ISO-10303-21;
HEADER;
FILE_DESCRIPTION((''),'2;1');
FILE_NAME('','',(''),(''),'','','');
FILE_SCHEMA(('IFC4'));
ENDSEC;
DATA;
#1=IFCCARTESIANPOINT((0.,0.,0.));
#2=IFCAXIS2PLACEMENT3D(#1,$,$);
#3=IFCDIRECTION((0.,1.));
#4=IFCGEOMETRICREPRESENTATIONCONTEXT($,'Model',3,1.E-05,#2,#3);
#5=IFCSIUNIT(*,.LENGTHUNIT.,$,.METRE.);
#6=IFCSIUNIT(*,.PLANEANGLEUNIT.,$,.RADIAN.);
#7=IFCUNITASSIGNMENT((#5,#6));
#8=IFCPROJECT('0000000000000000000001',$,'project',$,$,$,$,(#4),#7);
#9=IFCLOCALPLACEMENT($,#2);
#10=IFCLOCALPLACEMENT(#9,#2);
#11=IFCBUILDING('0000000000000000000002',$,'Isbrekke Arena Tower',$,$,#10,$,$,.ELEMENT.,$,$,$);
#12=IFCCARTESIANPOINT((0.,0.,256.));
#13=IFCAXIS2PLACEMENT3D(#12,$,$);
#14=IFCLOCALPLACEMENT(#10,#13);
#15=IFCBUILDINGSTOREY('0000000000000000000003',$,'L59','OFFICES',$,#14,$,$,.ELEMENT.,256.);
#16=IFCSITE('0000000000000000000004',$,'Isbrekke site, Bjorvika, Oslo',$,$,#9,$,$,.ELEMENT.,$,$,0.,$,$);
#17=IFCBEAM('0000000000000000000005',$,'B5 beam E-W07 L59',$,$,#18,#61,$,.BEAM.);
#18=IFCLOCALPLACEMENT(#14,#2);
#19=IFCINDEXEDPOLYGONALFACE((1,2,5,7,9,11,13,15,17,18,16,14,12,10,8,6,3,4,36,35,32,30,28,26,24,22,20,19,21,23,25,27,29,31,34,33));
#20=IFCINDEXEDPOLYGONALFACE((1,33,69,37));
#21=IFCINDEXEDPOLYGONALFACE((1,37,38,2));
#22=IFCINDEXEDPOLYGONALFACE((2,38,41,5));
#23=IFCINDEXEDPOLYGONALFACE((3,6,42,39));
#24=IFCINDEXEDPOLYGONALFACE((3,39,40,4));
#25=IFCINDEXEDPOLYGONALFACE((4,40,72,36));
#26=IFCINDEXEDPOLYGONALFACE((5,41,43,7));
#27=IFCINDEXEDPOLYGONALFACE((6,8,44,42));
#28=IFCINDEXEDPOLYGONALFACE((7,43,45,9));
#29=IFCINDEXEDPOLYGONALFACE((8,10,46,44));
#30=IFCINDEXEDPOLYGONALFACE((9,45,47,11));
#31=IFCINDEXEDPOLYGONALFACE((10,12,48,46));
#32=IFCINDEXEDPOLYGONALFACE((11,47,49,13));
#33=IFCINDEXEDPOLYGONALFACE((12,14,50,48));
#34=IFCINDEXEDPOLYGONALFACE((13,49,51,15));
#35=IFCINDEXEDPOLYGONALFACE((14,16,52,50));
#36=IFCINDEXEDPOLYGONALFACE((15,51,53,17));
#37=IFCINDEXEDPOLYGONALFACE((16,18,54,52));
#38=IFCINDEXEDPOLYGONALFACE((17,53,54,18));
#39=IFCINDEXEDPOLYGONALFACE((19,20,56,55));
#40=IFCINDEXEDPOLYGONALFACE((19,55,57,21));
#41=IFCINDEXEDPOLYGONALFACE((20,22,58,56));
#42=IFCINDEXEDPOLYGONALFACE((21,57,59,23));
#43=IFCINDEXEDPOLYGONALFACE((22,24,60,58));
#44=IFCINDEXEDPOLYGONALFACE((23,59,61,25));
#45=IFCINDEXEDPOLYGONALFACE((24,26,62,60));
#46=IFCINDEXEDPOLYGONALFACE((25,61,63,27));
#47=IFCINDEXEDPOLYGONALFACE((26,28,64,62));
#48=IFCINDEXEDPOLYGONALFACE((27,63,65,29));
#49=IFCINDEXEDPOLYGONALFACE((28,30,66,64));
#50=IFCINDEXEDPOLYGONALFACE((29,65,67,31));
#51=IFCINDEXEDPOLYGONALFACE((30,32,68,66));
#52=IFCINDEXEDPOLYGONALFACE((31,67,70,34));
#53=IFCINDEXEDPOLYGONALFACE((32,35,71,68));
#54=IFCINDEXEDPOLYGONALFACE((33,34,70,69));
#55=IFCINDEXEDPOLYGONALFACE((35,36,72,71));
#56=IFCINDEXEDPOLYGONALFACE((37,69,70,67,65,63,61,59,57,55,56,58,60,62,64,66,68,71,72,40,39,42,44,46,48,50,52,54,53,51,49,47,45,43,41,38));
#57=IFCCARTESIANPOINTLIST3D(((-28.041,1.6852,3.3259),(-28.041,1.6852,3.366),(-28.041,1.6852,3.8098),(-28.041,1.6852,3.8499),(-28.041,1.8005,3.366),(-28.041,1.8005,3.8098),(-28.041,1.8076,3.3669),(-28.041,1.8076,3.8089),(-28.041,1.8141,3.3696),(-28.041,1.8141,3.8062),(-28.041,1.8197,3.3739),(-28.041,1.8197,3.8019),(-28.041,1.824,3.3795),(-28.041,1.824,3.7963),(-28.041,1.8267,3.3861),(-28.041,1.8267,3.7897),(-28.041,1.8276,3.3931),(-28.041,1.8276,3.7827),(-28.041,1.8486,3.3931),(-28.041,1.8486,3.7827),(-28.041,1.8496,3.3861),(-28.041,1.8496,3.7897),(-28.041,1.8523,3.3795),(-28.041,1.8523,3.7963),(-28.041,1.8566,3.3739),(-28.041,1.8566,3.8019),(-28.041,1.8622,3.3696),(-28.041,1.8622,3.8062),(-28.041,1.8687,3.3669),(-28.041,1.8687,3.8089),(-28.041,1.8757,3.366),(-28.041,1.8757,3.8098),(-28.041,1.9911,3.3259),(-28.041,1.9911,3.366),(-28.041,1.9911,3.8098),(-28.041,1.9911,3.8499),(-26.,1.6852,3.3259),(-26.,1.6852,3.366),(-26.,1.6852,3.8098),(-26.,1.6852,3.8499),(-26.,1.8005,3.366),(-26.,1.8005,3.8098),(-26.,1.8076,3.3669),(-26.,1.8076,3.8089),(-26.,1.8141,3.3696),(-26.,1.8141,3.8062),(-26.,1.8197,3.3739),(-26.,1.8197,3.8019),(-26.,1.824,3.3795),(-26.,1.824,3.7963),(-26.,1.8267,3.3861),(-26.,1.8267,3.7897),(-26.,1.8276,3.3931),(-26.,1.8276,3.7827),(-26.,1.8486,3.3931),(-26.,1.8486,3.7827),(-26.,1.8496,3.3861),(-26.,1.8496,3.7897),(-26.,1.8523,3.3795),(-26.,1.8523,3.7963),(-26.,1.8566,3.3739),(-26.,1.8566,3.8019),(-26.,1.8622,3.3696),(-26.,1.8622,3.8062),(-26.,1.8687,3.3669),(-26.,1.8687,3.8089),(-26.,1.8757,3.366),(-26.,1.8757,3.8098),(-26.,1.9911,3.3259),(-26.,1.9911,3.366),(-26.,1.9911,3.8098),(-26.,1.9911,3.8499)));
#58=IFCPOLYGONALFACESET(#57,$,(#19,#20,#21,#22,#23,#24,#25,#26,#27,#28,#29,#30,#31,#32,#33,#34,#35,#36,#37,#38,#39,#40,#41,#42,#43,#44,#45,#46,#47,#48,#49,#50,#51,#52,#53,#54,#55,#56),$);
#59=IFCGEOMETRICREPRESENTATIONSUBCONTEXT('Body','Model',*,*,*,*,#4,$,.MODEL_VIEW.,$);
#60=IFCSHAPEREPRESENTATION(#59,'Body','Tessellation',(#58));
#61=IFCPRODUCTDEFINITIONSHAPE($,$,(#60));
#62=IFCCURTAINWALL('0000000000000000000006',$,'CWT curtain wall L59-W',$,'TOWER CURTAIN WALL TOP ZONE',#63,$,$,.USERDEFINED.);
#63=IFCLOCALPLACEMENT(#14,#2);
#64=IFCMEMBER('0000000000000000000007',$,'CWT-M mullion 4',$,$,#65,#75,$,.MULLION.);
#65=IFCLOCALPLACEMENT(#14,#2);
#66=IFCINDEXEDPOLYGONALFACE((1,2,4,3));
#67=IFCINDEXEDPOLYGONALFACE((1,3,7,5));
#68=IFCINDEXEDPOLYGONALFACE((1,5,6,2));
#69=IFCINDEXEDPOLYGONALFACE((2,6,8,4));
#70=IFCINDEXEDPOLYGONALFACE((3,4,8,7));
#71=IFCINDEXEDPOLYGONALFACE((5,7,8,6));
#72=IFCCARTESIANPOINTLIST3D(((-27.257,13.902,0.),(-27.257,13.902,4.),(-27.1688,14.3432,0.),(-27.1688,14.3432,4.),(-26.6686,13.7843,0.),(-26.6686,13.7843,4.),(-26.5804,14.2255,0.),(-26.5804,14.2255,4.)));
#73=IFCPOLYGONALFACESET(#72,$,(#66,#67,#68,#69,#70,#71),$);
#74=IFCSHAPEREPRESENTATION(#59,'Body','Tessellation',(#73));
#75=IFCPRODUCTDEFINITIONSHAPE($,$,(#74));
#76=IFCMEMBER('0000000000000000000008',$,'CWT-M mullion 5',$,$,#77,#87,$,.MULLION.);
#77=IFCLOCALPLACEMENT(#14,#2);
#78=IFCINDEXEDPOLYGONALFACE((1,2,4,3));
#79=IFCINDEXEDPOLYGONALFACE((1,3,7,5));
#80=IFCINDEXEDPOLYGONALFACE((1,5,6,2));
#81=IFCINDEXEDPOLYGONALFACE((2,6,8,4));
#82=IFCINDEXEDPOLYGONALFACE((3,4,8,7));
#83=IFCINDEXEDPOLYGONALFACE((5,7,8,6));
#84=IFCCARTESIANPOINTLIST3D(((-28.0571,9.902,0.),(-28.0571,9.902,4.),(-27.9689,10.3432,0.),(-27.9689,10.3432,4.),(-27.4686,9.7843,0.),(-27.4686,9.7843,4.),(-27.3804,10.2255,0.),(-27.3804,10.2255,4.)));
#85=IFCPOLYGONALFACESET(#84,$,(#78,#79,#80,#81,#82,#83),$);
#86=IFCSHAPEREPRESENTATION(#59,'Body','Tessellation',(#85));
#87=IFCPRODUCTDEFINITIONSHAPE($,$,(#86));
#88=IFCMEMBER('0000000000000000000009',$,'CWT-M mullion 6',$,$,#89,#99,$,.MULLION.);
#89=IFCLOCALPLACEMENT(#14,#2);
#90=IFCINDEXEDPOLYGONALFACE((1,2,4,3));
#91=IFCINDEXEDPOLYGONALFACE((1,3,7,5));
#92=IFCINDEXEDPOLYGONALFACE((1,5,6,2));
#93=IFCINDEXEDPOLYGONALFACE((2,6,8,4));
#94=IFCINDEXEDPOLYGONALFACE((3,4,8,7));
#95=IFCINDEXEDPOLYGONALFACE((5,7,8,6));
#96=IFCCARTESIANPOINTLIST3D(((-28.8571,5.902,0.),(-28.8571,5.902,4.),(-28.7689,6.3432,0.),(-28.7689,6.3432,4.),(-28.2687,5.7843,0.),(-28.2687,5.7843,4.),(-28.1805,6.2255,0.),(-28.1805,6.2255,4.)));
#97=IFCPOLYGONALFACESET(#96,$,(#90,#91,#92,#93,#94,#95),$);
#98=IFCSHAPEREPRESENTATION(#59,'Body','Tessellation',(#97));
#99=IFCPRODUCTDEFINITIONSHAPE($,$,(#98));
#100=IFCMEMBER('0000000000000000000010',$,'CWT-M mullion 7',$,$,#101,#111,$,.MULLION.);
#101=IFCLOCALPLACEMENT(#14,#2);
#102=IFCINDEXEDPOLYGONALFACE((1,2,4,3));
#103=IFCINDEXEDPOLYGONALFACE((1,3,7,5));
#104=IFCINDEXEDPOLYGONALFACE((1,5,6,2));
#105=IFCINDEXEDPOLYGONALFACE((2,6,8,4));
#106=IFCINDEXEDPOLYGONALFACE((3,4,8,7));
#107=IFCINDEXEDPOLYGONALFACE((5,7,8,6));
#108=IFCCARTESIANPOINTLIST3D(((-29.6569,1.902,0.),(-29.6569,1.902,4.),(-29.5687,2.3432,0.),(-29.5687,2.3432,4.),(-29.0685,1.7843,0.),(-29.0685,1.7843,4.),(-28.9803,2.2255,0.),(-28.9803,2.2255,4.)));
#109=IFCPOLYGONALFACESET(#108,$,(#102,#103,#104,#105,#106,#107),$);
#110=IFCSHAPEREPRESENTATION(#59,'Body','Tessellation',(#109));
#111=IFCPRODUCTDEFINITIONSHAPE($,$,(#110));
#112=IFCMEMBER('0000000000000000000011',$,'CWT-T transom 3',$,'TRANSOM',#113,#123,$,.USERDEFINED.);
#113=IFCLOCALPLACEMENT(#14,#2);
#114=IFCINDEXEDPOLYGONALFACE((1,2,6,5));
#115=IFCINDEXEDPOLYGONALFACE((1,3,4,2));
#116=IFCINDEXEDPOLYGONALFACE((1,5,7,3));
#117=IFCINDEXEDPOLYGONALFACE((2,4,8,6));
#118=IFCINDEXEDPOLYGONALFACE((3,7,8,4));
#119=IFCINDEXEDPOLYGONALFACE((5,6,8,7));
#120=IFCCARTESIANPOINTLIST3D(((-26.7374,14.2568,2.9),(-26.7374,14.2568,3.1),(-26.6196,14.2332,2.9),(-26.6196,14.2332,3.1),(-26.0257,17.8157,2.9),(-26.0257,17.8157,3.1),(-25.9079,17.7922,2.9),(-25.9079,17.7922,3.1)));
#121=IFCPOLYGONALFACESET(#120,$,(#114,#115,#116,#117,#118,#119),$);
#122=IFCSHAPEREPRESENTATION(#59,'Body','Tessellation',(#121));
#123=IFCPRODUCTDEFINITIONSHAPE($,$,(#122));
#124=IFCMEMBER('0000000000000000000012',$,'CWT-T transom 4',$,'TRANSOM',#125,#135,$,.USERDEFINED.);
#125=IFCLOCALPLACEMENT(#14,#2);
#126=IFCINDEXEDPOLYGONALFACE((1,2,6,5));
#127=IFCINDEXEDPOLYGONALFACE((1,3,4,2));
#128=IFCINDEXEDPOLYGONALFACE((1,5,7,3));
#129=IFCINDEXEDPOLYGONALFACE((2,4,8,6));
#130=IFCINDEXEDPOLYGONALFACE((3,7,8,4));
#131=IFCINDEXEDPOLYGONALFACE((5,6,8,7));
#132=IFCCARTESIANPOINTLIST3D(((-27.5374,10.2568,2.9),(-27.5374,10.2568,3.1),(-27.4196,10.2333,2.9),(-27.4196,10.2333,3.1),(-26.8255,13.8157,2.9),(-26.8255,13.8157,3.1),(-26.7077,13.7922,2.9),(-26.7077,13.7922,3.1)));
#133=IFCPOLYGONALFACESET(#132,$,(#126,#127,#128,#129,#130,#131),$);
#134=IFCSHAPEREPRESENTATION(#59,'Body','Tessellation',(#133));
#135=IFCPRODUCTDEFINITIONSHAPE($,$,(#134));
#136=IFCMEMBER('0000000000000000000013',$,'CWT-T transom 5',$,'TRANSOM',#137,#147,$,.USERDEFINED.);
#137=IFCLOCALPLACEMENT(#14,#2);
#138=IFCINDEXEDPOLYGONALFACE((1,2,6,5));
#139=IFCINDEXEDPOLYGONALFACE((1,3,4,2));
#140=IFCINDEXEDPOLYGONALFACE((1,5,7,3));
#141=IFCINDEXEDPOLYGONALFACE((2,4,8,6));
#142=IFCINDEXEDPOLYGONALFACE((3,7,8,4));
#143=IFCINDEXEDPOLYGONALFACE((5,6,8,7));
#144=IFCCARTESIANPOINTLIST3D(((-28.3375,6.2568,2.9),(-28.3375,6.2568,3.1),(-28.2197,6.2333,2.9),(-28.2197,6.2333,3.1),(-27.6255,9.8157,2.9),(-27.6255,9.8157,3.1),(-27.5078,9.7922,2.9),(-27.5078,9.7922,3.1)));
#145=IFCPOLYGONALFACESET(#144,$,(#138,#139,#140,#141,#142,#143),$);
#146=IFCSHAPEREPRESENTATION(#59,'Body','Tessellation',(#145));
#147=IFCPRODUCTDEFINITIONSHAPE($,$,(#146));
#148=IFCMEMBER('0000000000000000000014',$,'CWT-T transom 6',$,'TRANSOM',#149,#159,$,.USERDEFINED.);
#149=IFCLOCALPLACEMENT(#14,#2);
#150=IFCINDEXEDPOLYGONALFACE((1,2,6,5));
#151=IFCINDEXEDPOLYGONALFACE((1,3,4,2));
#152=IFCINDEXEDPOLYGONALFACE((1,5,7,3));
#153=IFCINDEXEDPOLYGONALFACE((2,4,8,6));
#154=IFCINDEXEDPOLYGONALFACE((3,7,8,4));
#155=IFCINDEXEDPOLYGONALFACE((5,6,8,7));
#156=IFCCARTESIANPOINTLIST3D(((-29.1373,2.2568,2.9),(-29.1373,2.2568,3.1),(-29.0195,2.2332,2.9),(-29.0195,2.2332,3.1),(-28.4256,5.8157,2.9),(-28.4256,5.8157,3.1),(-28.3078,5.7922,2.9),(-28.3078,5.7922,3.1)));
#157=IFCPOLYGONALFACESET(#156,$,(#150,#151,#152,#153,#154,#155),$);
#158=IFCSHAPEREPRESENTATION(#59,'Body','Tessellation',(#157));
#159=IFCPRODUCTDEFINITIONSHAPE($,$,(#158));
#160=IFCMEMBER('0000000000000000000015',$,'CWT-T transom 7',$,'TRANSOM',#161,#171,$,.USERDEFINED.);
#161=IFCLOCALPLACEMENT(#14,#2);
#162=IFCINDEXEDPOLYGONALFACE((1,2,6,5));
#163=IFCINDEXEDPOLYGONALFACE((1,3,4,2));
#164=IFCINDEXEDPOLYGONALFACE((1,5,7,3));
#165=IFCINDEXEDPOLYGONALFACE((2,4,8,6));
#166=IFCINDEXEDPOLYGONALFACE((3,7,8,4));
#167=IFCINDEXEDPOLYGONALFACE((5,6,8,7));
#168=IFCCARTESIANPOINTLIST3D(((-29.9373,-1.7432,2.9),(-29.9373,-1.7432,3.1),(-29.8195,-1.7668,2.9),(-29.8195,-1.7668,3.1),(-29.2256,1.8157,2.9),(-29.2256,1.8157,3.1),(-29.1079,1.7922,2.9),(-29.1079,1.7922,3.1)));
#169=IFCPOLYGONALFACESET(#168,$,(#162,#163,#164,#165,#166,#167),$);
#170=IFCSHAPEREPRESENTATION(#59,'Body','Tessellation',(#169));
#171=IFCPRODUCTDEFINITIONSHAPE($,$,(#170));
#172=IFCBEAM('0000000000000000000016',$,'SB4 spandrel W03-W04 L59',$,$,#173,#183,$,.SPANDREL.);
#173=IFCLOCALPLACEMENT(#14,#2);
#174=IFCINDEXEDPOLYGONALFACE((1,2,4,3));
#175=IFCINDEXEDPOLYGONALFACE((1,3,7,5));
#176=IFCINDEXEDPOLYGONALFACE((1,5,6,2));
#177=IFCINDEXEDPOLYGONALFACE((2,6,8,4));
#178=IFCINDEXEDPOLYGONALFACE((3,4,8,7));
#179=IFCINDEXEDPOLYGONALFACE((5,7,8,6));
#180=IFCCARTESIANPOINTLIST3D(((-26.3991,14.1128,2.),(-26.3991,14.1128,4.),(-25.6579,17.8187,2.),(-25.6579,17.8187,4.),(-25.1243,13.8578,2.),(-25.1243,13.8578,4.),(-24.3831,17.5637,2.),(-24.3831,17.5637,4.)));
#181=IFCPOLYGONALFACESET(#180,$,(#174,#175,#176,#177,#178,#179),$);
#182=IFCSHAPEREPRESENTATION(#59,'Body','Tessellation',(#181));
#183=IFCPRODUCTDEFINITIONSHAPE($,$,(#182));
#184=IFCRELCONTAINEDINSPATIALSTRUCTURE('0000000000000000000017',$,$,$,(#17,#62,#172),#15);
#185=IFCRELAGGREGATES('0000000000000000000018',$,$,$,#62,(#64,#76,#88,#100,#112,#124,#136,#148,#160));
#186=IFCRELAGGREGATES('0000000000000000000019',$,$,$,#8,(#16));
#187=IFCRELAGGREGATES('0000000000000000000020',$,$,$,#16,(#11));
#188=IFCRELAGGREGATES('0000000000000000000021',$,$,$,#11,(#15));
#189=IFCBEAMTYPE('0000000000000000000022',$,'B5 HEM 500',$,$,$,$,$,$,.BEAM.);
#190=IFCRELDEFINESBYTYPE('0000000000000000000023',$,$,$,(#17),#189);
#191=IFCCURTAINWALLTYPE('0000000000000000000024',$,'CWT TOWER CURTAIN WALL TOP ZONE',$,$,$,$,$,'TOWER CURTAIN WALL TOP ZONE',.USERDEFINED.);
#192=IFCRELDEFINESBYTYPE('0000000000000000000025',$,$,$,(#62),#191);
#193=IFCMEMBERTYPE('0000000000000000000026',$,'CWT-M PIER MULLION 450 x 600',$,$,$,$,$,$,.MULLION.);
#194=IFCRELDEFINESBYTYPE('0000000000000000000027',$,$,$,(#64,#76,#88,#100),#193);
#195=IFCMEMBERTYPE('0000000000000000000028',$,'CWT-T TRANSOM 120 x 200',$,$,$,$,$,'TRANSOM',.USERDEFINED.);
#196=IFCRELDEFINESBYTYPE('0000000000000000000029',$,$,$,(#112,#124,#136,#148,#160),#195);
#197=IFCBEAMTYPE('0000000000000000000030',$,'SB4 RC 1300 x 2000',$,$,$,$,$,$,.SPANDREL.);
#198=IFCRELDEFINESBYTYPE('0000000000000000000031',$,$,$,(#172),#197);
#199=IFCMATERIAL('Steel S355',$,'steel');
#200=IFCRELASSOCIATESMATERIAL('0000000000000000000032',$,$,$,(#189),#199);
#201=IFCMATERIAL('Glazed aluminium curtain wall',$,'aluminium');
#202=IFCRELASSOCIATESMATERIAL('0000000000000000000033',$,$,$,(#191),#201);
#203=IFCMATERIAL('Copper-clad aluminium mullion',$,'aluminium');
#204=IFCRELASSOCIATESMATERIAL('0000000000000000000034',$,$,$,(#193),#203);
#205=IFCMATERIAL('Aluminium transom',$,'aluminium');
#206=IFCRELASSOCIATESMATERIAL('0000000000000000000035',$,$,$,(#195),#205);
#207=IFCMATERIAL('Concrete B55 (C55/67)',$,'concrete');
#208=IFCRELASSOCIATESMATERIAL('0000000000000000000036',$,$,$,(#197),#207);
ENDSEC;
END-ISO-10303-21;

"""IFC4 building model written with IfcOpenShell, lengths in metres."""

from ifc_helpers import new_model, si_unit, direction, frame, origin, origin_2d, place, context, subcontext, project, spatial, rectangle, i_section, extrude, material, material_profile, profile_set, type_object, element, aggregate, save


model = new_model("IFC4")

# Units and contexts
model_context = context("Model", 3, precision=1e-05, world=origin(), true_north=direction((0.0, 1.0)))
body_context = subcontext(model_context, "Body", "Model", "MODEL_VIEW")
ifc_project = project(units=[si_unit("LENGTHUNIT", "METRE"), si_unit("PLANEANGLEUNIT", "RADIAN")], contexts=[model_context])

# Site, building, storey
site_placement = place(None, origin())
site = spatial("IfcSite", under=ifc_project, at=site_placement, Name="Isbrekke site, Bjorvika, Oslo", CompositionType="ELEMENT", RefElevation=0.0)
building_placement = place(site_placement, origin())
building = spatial("IfcBuilding", under=site, at=building_placement, Name="Isbrekke Arena Tower", CompositionType="ELEMENT")
storey_placement = place(building_placement, frame((0.0, 0.0, 256.0)))
storey = spatial("IfcBuildingStorey", under=building, at=storey_placement, Name="L59", Description="OFFICES", CompositionType="ELEMENT", Elevation=256.0)

# Beam
ifc_material_1 = material(Name="Steel S355", Category="steel")
ifc_material_profile_1 = material_profile(ifc_material_1, i_section(OverallWidth=0.3059, OverallDepth=0.5239, WebThickness=0.021, FlangeThickness=0.04, FilletRadius=0.0271, at=origin_2d()), Name="HEM 500")
ifc_profile_set_1 = profile_set([ifc_material_profile_1], Name="Steel S355")
beam_type_1 = type_object("IfcBeamType", Name="B5 HEM 500", PredefinedType="BEAM", material=ifc_profile_set_1)
beam_1_placement = place(storey_placement, frame((-28.041, 1.8381, 3.5879), z_axis=(1.0, 0.0, 0.0), x_axis=(0.0, 1.0, 0.0)))
element("IfcBeam", 1, at=beam_1_placement, inside=storey, type_object=beam_type_1, Name="B5 beam E-W07 L59", PredefinedType="BEAM", context=body_context, shape_type="SweptSolid", body=[
    extrude(i_section(OverallWidth=0.3059, OverallDepth=0.5239, WebThickness=0.021, FlangeThickness=0.04, FilletRadius=0.0271, at=origin_2d()), origin(), (0.0, 0.0, 1.0), 2.041),
])

# Curtain wall, members
ifc_material_2 = material(Name="Glazed aluminium curtain wall", Category="aluminium")
curtain_wall_type = type_object("IfcCurtainWallType", Name="CWT TOWER CURTAIN WALL TOP ZONE", ElementType="TOWER CURTAIN WALL TOP ZONE", PredefinedType="USERDEFINED", material=ifc_material_2)
curtain_wall_placement = place(storey_placement, origin())
curtain_wall = element("IfcCurtainWall", 2, at=curtain_wall_placement, inside=storey, type_object=curtain_wall_type, Name="CWT curtain wall L59-W", ObjectType="TOWER CURTAIN WALL TOP ZONE", PredefinedType="USERDEFINED")
ifc_material_3 = material(Name="Copper-clad aluminium mullion", Category="aluminium")
ifc_material_profile_2 = material_profile(ifc_material_3, rectangle(XDim=0.45, YDim=0.6001, at=origin_2d()), Name="PIER 450X600")
ifc_profile_set_2 = profile_set([ifc_material_profile_2], Name="Copper-clad aluminium mullion")
member_type_1 = type_object("IfcMemberType", Name="CWT-M PIER MULLION 450 x 600", PredefinedType="MULLION", material=ifc_profile_set_2)
member_1_placement = place(storey_placement, frame((-26.9187, 14.0637, 0.0), z_axis=(0.0, 0.0, 1.0), x_axis=(-0.196116, -0.980581, 0.0)))
member_1 = element("IfcMember", 3, at=member_1_placement, type_object=member_type_1, Name="CWT-M mullion 4", PredefinedType="MULLION", context=body_context, shape_type="SweptSolid", body=[
    extrude(rectangle(XDim=0.45, YDim=0.6001, at=origin_2d()), origin(), (0.0, 0.0, 1.0), 4.0),
])
member_2_placement = place(storey_placement, frame((-27.7188, 10.0637, 0.0), z_axis=(0.0, 0.0, 1.0), x_axis=(-0.196116, -0.980581, 0.0)))
member_2 = element("IfcMember", 4, at=member_2_placement, type_object=member_type_1, Name="CWT-M mullion 5", PredefinedType="MULLION", context=body_context, shape_type="SweptSolid", body=[
    extrude(rectangle(XDim=0.45, YDim=0.6001, at=origin_2d()), origin(), (0.0, 0.0, 1.0), 4.0),
])
member_3_placement = place(storey_placement, frame((-28.5188, 6.0637, 0.0), z_axis=(0.0, 0.0, 1.0), x_axis=(-0.196116, -0.980581, 0.0)))
member_3 = element("IfcMember", 5, at=member_3_placement, type_object=member_type_1, Name="CWT-M mullion 6", PredefinedType="MULLION", context=body_context, shape_type="SweptSolid", body=[
    extrude(rectangle(XDim=0.45, YDim=0.6001, at=origin_2d()), origin(), (0.0, 0.0, 1.0), 4.0),
])
member_4_placement = place(storey_placement, frame((-29.3186, 2.0637, 0.0), z_axis=(0.0, 0.0, 1.0), x_axis=(-0.196116, -0.980581, 0.0)))
member_4 = element("IfcMember", 6, at=member_4_placement, type_object=member_type_1, Name="CWT-M mullion 7", PredefinedType="MULLION", context=body_context, shape_type="SweptSolid", body=[
    extrude(rectangle(XDim=0.45, YDim=0.6001, at=origin_2d()), origin(), (0.0, 0.0, 1.0), 4.0),
])
ifc_material_4 = material(Name="Aluminium transom", Category="aluminium")
ifc_material_profile_3 = material_profile(ifc_material_4, rectangle(XDim=0.1201, YDim=0.2, at=origin_2d()), Name="TRANSOM 120X200")
ifc_profile_set_3 = profile_set([ifc_material_profile_3], Name="Aluminium transom")
member_type_2 = type_object("IfcMemberType", Name="CWT-T TRANSOM 120 x 200", ElementType="TRANSOM", PredefinedType="USERDEFINED", material=ifc_profile_set_3)
member_5_placement = place(storey_placement, frame((-25.9668, 17.804, 3.0), z_axis=(-0.19609, -0.980586, 0.0), x_axis=(0.980586, -0.19609, 0.0)))
member_5 = element("IfcMember", 7, at=member_5_placement, type_object=member_type_2, Name="CWT-T transom 3", ObjectType="TRANSOM", PredefinedType="USERDEFINED", context=body_context, shape_type="SweptSolid", body=[
    extrude(rectangle(XDim=0.1201, YDim=0.2, at=origin_2d()), origin(), (0.0, 0.0, 1.0), 3.6294),
])
member_6_placement = place(storey_placement, frame((-26.7666, 13.804, 3.0), z_axis=(-0.196155, -0.980573, 0.0), x_axis=(0.980573, -0.196155, 0.0)))
member_6 = element("IfcMember", 8, at=member_6_placement, type_object=member_type_2, Name="CWT-T transom 4", ObjectType="TRANSOM", PredefinedType="USERDEFINED", context=body_context, shape_type="SweptSolid", body=[
    extrude(rectangle(XDim=0.1201, YDim=0.2, at=origin_2d()), origin(), (0.0, 0.0, 1.0), 3.6294),
])
member_7_placement = place(storey_placement, frame((-27.5667, 9.804, 3.0), z_axis=(-0.196155, -0.980573, 0.0), x_axis=(0.980573, -0.196155, 0.0)))
member_7 = element("IfcMember", 9, at=member_7_placement, type_object=member_type_2, Name="CWT-T transom 5", ObjectType="TRANSOM", PredefinedType="USERDEFINED", context=body_context, shape_type="SweptSolid", body=[
    extrude(rectangle(XDim=0.1201, YDim=0.2, at=origin_2d()), origin(), (0.0, 0.0, 1.0), 3.6294),
])
member_8_placement = place(storey_placement, frame((-28.3667, 5.804, 3.0), z_axis=(-0.19609, -0.980586, 0.0), x_axis=(0.980586, -0.19609, 0.0)))
member_8 = element("IfcMember", 10, at=member_8_placement, type_object=member_type_2, Name="CWT-T transom 6", ObjectType="TRANSOM", PredefinedType="USERDEFINED", context=body_context, shape_type="SweptSolid", body=[
    extrude(rectangle(XDim=0.1201, YDim=0.2, at=origin_2d()), origin(), (0.0, 0.0, 1.0), 3.6294),
])
member_9_placement = place(storey_placement, frame((-29.1667, 1.804, 3.0), z_axis=(-0.19609, -0.980586, 0.0), x_axis=(0.980586, -0.19609, 0.0)))
member_9 = element("IfcMember", 11, at=member_9_placement, type_object=member_type_2, Name="CWT-T transom 7", ObjectType="TRANSOM", PredefinedType="USERDEFINED", context=body_context, shape_type="SweptSolid", body=[
    extrude(rectangle(XDim=0.1201, YDim=0.2, at=origin_2d()), origin(), (0.0, 0.0, 1.0), 3.6294),
])

# Beam
ifc_material_5 = material(Name="Concrete B55 (C55/67)", Category="concrete")
ifc_material_profile_4 = material_profile(ifc_material_5, rectangle(XDim=1.3, YDim=2.0, at=origin_2d()), Name="RC 1300x2000")
ifc_profile_set_4 = profile_set([ifc_material_profile_4], Name="Concrete B55 (C55/67)")
beam_type_2 = type_object("IfcBeamType", Name="SB4 RC 1300 x 2000", PredefinedType="SPANDREL", material=ifc_profile_set_4)
beam_2_placement = place(storey_placement, frame((-25.0205, 17.6912, 3.0), z_axis=(-0.196129, -0.980578, 0.0), x_axis=(0.980578, -0.196129, 0.0)))
element("IfcBeam", 12, at=beam_2_placement, inside=storey, type_object=beam_type_2, Name="SB4 spandrel W03-W04 L59", PredefinedType="SPANDREL", context=body_context, shape_type="SweptSolid", body=[
    extrude(rectangle(XDim=1.3, YDim=2.0, at=origin_2d()), origin(), (0.0, 0.0, 1.0), 3.7793),
])

aggregate(curtain_wall, [member_1, member_2, member_3, member_4, member_5, member_6, member_7, member_8, member_9])

save(model, "model.ifc")
